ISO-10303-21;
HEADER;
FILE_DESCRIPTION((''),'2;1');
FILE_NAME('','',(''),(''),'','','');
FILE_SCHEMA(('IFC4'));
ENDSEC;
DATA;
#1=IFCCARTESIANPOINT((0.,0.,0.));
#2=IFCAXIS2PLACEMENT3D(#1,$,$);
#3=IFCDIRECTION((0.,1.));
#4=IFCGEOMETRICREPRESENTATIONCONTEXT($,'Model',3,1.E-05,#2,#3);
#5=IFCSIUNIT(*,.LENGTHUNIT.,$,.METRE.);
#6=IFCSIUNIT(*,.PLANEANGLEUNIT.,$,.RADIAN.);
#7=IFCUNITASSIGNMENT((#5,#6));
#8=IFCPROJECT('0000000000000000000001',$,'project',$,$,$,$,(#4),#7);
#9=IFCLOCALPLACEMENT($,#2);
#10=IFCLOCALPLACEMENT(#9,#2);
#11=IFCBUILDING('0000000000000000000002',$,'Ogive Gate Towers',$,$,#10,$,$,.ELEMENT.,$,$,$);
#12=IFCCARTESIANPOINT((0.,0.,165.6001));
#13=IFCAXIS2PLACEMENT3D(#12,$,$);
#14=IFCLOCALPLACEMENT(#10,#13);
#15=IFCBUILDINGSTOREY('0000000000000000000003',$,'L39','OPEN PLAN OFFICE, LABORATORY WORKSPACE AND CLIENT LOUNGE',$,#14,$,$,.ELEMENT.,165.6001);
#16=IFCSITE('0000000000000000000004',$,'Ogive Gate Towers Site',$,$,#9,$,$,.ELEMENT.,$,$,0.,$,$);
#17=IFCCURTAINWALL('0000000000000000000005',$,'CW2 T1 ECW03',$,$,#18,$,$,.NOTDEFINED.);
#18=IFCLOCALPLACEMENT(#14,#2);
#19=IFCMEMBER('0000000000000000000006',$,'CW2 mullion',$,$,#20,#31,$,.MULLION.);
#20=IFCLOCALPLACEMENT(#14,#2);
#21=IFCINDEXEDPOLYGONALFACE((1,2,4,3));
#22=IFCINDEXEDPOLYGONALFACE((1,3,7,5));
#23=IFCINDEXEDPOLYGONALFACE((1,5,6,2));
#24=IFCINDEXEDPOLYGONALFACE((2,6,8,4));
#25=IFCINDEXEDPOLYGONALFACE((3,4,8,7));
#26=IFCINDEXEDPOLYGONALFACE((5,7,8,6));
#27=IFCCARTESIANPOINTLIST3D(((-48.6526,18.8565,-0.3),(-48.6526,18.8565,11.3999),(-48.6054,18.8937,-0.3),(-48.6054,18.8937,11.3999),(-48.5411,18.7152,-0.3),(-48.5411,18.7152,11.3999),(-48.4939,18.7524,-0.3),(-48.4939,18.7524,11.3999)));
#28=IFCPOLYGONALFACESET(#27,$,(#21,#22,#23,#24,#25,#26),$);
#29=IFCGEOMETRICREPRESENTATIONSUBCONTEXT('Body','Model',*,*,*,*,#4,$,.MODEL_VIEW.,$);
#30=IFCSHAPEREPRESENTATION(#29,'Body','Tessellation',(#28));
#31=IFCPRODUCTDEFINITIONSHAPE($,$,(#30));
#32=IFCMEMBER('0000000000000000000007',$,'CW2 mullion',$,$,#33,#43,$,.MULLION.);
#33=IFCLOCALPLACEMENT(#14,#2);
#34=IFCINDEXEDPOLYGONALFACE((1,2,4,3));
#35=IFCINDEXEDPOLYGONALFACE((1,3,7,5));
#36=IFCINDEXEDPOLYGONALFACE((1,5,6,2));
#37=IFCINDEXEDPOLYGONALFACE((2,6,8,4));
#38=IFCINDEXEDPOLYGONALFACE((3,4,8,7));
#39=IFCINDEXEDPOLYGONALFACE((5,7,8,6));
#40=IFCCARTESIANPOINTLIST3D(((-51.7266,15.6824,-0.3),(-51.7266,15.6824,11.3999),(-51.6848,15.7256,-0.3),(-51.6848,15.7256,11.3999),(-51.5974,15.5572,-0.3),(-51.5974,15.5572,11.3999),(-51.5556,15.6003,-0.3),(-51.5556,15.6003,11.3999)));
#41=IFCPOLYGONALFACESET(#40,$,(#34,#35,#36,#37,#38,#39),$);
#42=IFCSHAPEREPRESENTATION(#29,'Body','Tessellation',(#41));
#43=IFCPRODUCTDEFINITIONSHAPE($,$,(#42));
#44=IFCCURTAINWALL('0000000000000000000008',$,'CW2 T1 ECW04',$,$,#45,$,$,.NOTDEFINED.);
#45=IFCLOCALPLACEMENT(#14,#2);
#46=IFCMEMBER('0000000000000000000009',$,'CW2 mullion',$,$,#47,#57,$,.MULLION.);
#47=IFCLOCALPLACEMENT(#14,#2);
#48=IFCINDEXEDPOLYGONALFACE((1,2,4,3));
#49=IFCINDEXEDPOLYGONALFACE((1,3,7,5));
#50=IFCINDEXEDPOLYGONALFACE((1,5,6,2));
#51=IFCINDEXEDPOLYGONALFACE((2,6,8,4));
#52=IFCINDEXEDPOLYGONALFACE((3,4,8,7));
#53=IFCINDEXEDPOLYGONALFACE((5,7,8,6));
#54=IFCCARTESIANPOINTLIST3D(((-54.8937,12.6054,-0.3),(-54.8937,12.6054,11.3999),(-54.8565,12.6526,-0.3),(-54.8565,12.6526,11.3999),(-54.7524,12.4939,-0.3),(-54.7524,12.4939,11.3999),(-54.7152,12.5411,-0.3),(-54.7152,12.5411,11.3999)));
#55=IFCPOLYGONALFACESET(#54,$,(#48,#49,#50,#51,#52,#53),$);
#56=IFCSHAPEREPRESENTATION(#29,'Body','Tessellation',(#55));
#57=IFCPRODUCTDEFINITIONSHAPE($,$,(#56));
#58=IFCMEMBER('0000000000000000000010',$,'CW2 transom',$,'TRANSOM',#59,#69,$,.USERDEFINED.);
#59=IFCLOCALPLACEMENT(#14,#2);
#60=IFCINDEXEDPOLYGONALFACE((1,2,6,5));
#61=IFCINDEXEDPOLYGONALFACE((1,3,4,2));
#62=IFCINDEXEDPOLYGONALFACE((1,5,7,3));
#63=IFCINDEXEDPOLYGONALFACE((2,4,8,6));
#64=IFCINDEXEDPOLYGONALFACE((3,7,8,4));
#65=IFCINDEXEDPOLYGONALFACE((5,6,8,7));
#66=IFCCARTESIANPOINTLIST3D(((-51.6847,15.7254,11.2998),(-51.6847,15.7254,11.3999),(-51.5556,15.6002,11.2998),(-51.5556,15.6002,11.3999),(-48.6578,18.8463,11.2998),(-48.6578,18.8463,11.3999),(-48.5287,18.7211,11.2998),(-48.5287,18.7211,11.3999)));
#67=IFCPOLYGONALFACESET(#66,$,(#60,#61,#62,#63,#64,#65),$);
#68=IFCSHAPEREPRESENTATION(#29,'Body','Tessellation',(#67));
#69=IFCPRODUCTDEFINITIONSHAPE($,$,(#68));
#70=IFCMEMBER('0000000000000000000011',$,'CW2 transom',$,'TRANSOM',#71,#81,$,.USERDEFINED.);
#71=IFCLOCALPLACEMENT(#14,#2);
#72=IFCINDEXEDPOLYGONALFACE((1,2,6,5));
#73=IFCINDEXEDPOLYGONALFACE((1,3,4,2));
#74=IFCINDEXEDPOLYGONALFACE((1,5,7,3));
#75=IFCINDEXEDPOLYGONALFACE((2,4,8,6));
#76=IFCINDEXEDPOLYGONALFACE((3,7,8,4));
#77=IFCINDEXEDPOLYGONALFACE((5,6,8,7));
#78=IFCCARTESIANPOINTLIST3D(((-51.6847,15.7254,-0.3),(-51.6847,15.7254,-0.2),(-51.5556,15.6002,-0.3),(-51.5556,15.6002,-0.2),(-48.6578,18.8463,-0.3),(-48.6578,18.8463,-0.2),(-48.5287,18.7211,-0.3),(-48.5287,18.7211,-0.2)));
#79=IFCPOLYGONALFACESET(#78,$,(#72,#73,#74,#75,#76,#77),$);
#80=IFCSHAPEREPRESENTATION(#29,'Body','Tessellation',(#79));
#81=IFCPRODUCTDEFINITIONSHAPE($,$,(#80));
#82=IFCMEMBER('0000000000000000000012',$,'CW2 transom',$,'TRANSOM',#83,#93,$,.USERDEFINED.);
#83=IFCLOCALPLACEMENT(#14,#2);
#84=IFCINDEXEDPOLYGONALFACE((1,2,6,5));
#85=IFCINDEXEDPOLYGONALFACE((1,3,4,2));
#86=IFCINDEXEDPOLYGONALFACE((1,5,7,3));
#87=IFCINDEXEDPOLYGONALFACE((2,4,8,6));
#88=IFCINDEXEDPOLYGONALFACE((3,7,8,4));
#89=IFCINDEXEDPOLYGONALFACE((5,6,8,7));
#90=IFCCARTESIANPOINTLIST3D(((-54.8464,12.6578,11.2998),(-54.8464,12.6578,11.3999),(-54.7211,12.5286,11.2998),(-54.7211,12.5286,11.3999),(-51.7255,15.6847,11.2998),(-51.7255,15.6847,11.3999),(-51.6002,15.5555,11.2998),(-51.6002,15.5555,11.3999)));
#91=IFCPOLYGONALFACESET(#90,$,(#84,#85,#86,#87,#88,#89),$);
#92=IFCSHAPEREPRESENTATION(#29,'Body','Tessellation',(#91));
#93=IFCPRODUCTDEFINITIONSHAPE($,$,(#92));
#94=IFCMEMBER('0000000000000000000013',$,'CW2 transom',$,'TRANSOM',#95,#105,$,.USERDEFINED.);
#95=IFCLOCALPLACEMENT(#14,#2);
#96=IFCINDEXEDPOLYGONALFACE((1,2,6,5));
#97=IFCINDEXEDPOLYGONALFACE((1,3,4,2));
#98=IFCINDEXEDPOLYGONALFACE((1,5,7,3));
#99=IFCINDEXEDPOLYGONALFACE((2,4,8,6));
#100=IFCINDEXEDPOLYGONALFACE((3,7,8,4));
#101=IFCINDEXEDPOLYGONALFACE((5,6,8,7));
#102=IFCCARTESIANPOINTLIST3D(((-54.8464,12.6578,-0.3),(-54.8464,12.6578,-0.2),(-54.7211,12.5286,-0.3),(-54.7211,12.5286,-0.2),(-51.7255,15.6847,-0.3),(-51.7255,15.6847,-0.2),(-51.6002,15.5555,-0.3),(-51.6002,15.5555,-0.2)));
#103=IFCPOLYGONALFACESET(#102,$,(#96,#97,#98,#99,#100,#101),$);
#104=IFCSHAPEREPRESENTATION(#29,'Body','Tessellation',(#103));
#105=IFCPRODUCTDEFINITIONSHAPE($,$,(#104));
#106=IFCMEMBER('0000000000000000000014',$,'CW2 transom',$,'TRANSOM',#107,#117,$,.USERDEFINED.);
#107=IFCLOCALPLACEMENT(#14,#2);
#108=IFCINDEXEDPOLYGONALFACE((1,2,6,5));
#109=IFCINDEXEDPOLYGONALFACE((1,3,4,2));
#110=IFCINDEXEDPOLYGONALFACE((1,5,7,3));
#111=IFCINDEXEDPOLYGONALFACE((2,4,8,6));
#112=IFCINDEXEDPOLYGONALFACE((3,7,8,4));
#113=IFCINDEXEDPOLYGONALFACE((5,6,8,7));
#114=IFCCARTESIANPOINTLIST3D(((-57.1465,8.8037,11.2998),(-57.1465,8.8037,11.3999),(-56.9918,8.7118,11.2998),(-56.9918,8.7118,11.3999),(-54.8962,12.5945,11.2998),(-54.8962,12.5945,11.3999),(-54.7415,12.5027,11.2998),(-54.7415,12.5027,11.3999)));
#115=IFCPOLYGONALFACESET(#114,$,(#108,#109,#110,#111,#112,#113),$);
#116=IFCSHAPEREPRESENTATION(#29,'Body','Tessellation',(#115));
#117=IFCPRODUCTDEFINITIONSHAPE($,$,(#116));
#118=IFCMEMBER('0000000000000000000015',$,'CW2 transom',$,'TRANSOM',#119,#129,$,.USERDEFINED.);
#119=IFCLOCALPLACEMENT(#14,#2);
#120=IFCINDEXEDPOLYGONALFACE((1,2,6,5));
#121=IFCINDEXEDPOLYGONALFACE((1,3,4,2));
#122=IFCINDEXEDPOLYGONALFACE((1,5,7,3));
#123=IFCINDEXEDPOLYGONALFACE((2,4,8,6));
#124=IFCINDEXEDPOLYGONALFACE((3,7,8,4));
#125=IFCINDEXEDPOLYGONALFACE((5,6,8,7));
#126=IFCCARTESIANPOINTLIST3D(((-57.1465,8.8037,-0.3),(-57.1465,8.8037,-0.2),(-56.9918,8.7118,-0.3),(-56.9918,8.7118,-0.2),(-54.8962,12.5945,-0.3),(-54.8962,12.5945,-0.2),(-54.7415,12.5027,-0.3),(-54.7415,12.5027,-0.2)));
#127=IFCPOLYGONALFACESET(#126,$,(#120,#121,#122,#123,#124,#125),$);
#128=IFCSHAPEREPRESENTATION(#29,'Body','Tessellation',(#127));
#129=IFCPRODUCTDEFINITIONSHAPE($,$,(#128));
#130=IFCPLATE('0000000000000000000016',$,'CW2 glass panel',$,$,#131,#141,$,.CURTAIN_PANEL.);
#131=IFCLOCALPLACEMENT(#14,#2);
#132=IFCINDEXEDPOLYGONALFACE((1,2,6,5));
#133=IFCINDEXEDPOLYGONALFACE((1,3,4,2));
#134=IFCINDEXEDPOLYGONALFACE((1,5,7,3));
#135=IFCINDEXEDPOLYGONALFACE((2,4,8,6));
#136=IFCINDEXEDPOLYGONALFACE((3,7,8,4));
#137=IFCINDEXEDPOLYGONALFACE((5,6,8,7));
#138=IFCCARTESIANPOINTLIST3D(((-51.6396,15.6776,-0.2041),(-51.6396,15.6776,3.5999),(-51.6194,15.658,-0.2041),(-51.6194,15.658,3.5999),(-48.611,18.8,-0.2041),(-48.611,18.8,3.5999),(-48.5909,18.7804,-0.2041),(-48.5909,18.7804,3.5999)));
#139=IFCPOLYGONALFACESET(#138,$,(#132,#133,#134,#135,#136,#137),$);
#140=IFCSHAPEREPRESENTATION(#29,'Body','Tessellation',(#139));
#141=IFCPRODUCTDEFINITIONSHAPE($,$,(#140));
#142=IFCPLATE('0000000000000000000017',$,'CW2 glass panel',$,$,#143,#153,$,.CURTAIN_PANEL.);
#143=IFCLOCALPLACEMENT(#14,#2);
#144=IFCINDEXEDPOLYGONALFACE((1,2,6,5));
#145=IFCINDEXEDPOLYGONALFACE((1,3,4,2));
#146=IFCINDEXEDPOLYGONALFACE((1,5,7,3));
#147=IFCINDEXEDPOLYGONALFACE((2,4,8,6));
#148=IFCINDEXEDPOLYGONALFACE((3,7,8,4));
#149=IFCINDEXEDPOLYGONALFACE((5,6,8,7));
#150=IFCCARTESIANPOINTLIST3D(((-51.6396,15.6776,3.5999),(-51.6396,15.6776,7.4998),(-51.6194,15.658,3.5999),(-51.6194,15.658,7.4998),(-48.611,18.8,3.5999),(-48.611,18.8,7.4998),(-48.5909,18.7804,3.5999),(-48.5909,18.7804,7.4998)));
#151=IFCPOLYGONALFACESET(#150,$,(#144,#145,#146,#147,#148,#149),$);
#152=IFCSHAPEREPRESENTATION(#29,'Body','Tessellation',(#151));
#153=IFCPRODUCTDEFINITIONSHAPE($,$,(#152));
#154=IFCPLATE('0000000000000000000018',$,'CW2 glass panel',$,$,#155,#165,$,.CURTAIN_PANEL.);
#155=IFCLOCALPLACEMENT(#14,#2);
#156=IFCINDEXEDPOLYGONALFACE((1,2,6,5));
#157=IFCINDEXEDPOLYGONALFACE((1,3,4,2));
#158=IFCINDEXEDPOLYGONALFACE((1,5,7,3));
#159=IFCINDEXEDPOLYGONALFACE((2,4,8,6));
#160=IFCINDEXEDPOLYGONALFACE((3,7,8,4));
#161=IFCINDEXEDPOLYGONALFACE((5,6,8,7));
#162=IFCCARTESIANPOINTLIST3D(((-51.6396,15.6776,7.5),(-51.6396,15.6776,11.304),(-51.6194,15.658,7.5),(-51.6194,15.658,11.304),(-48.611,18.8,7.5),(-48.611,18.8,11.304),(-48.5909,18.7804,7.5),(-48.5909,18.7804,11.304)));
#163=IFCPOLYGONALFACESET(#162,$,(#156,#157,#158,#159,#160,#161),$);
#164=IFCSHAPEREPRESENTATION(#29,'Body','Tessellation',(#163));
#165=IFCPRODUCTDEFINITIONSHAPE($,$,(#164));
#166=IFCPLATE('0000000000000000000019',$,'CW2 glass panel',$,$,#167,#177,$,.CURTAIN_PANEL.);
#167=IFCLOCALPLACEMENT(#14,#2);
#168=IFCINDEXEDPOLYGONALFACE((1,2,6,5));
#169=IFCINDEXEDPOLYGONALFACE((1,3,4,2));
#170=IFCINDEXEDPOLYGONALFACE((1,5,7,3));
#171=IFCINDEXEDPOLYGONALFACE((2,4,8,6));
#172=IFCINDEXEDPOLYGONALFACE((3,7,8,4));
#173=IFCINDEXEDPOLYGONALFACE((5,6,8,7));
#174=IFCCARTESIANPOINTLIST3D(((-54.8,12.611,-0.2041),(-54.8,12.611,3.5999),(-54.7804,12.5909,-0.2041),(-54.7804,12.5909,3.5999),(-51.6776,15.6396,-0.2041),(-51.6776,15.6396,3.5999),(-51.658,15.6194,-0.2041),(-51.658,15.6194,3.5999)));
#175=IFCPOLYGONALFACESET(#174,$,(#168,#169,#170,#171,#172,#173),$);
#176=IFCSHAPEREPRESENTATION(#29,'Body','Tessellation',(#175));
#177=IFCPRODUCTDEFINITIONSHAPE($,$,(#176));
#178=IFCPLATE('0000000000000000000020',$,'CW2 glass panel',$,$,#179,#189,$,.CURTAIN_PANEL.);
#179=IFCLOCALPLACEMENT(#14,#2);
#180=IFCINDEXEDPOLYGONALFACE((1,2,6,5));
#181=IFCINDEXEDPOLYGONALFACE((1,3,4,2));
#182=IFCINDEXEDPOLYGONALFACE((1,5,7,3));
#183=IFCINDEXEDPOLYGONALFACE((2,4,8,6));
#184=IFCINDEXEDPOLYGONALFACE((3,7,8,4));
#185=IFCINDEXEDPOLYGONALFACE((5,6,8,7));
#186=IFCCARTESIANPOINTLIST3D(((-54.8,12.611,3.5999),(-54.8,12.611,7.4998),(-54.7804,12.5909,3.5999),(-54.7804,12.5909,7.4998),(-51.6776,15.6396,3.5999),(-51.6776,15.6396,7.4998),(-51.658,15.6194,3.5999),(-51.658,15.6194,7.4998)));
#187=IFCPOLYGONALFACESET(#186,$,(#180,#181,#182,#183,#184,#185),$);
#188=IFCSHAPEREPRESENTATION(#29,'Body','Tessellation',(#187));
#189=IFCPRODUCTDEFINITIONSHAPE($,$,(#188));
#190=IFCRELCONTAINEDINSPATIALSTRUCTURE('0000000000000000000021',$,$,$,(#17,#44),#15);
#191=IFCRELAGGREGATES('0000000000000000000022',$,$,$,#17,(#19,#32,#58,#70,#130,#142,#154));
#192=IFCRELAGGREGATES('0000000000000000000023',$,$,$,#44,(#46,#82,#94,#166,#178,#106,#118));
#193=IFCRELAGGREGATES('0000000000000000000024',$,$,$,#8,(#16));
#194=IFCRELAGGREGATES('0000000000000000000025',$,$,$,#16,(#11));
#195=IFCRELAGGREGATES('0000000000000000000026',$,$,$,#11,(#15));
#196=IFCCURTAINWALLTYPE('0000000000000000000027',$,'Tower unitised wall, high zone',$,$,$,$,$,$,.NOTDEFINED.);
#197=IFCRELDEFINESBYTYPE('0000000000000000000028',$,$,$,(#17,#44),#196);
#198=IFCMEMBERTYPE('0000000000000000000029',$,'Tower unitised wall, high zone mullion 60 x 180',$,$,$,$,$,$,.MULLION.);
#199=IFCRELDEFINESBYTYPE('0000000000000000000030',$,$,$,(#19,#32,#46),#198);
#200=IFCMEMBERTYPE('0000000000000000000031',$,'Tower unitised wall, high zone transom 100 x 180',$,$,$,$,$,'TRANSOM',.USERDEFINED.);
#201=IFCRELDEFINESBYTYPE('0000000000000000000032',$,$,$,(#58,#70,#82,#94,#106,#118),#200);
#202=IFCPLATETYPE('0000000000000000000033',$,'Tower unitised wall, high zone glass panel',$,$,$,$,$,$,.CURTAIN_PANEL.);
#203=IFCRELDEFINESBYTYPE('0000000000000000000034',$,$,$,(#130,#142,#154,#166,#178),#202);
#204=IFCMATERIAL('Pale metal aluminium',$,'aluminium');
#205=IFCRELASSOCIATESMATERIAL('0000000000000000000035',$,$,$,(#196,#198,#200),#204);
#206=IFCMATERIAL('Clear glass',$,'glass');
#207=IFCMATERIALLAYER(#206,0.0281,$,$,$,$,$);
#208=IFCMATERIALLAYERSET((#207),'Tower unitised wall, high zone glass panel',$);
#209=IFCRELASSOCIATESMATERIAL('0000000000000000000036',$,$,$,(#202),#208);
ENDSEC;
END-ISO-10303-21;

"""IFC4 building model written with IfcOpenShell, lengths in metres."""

from ifc_helpers import new_model, si_unit, direction, frame, origin, origin_2d, place, context, subcontext, project, spatial, rectangle, extrude, material, layer, layer_set, material_profile, profile_set, type_object, element, aggregate, save


model = new_model("IFC4")

# Units and contexts
model_context = context("Model", 3, precision=1e-05, world=origin(), true_north=direction((0.0, 1.0)))
body_context = subcontext(model_context, "Body", "Model", "MODEL_VIEW")
ifc_project = project(units=[si_unit("LENGTHUNIT", "METRE"), si_unit("PLANEANGLEUNIT", "RADIAN")], contexts=[model_context])

# Site, building, storey
site_placement = place(None, origin())
site = spatial("IfcSite", under=ifc_project, at=site_placement, Name="Ogive Gate Towers Site", CompositionType="ELEMENT", RefElevation=0.0)
building_placement = place(site_placement, origin())
building = spatial("IfcBuilding", under=site, at=building_placement, Name="Ogive Gate Towers", CompositionType="ELEMENT")
storey_placement = place(building_placement, frame((0.0, 0.0, 165.6001)))
storey = spatial("IfcBuildingStorey", under=building, at=storey_placement, Name="L39", Description="OPEN PLAN OFFICE, LABORATORY WORKSPACE AND CLIENT LOUNGE", CompositionType="ELEMENT", Elevation=165.6001)

# Curtain wall, members
ifc_material_1 = material(Name="Pale metal aluminium", Category="aluminium")
curtain_wall_type = type_object("IfcCurtainWallType", Name="Tower unitised wall, high zone", PredefinedType="NOTDEFINED", material=ifc_material_1)
curtain_wall_1_placement = place(storey_placement, origin())
curtain_wall_1 = element("IfcCurtainWall", 1, at=curtain_wall_1_placement, inside=storey, type_object=curtain_wall_type, Name="CW2 T1 ECW03", PredefinedType="NOTDEFINED")
ifc_material_profile_1 = material_profile(ifc_material_1, rectangle(XDim=0.1799, YDim=0.0601, at=origin_2d()), Name="60 x 180 aluminium box")
ifc_profile_set_1 = profile_set([ifc_material_profile_1], Name="Pale metal aluminium")
member_type_1 = type_object("IfcMemberType", Name="Tower unitised wall, high zone mullion 60 x 180", PredefinedType="MULLION", material=ifc_profile_set_1)
member_1_placement = place(storey_placement, frame((-48.5732, 18.8044, -0.3), z_axis=(0.0, 0.0, 1.0), x_axis=(-0.61956, 0.784949, 0.0)))
member_1 = element("IfcMember", 2, at=member_1_placement, type_object=member_type_1, Name="CW2 mullion", PredefinedType="MULLION", context=body_context, shape_type="SweptSolid", body=[
    extrude(rectangle(XDim=0.1799, YDim=0.0601, at=origin_2d()), origin(), (0.0, 0.0, 1.0), 11.7),
])
member_2_placement = place(storey_placement, frame((-51.6411, 15.6414, -0.3), z_axis=(0.0, 0.0, 1.0), x_axis=(-0.71781, 0.696239, 0.0)))
member_2 = element("IfcMember", 3, at=member_2_placement, type_object=member_type_1, Name="CW2 mullion", PredefinedType="MULLION", context=body_context, shape_type="SweptSolid", body=[
    extrude(rectangle(XDim=0.1799, YDim=0.0601, at=origin_2d()), origin(), (0.0, 0.0, 1.0), 11.7),
])

# Curtain wall, member
curtain_wall_2_placement = place(storey_placement, origin())
curtain_wall_2 = element("IfcCurtainWall", 4, at=curtain_wall_2_placement, inside=storey, type_object=curtain_wall_type, Name="CW2 T1 ECW04", PredefinedType="NOTDEFINED")
member_3_placement = place(storey_placement, frame((-54.8044, 12.5732, -0.3), z_axis=(0.0, 0.0, 1.0), x_axis=(-0.784949, 0.61956, 0.0)))
member_3 = element("IfcMember", 5, at=member_3_placement, type_object=member_type_1, Name="CW2 mullion", PredefinedType="MULLION", context=body_context, shape_type="SweptSolid", body=[
    extrude(rectangle(XDim=0.1799, YDim=0.0601, at=origin_2d()), origin(), (0.0, 0.0, 1.0), 11.7),
])

# Members
ifc_material_profile_2 = material_profile(ifc_material_1, rectangle(XDim=0.1799, YDim=0.1001, at=origin_2d()), Name="100 x 180 aluminium box")
ifc_profile_set_2 = profile_set([ifc_material_profile_2], Name="Pale metal aluminium")
member_type_2 = type_object("IfcMemberType", Name="Tower unitised wall, high zone transom 100 x 180", ElementType="TRANSOM", PredefinedType="USERDEFINED", material=ifc_profile_set_2)
member_4_placement = place(storey_placement, frame((-48.5933, 18.7837, 11.3499), z_axis=(-0.696214, -0.717834, 0.0), x_axis=(0.717834, -0.696214, 0.0)))
member_4 = element("IfcMember", 6, at=member_4_placement, type_object=member_type_2, Name="CW2 transom", ObjectType="TRANSOM", PredefinedType="USERDEFINED", context=body_context, shape_type="SweptSolid", body=[
    extrude(rectangle(XDim=0.1799, YDim=0.1001, at=origin_2d()), origin(), (0.0, 0.0, 1.0), 4.3477),
])
member_5_placement = place(storey_placement, frame((-48.5933, 18.7837, -0.25), z_axis=(-0.696214, -0.717834, 0.0), x_axis=(0.717834, -0.696214, 0.0)))
member_5 = element("IfcMember", 7, at=member_5_placement, type_object=member_type_2, Name="CW2 transom", ObjectType="TRANSOM", PredefinedType="USERDEFINED", context=body_context, shape_type="SweptSolid", body=[
    extrude(rectangle(XDim=0.1799, YDim=0.1001, at=origin_2d()), origin(), (0.0, 0.0, 1.0), 4.3477),
])
member_6_placement = place(storey_placement, frame((-51.6628, 15.6201, 11.3499), z_axis=(-0.717834, -0.696214, 0.0), x_axis=(0.696214, -0.717834, 0.0)))
member_6 = element("IfcMember", 8, at=member_6_placement, type_object=member_type_2, Name="CW2 transom", ObjectType="TRANSOM", PredefinedType="USERDEFINED", context=body_context, shape_type="SweptSolid", body=[
    extrude(rectangle(XDim=0.1799, YDim=0.1001, at=origin_2d()), origin(), (0.0, 0.0, 1.0), 4.3477),
])
member_7_placement = place(storey_placement, frame((-51.6628, 15.6201, -0.25), z_axis=(-0.717834, -0.696214, 0.0), x_axis=(0.696214, -0.717834, 0.0)))
member_7 = element("IfcMember", 9, at=member_7_placement, type_object=member_type_2, Name="CW2 transom", ObjectType="TRANSOM", PredefinedType="USERDEFINED", context=body_context, shape_type="SweptSolid", body=[
    extrude(rectangle(XDim=0.1799, YDim=0.1001, at=origin_2d()), origin(), (0.0, 0.0, 1.0), 4.3477),
])
member_8_placement = place(storey_placement, frame((-54.8188, 12.5486, 11.3499), z_axis=(-0.51045, -0.859907, 0.0), x_axis=(0.859907, -0.51045, 0.0)))
member_8 = element("IfcMember", 10, at=member_8_placement, type_object=member_type_2, Name="CW2 transom", ObjectType="TRANSOM", PredefinedType="USERDEFINED", context=body_context, shape_type="SweptSolid", body=[
    extrude(rectangle(XDim=0.1799, YDim=0.1001, at=origin_2d()), origin(), (0.0, 0.0, 1.0), 4.4084),
])
member_9_placement = place(storey_placement, frame((-54.8188, 12.5486, -0.25), z_axis=(-0.51045, -0.859907, 0.0), x_axis=(0.859907, -0.51045, 0.0)))
member_9 = element("IfcMember", 11, at=member_9_placement, type_object=member_type_2, Name="CW2 transom", ObjectType="TRANSOM", PredefinedType="USERDEFINED", context=body_context, shape_type="SweptSolid", body=[
    extrude(rectangle(XDim=0.1799, YDim=0.1001, at=origin_2d()), origin(), (0.0, 0.0, 1.0), 4.4084),
])

# Plates
ifc_material_2 = material(Name="Clear glass", Category="glass")
ifc_layer_1 = layer(ifc_material_2, 0.0281)
ifc_layer_set_1 = layer_set([ifc_layer_1], Name="Tower unitised wall, high zone glass panel")
plate_type = type_object("IfcPlateType", Name="Tower unitised wall, high zone glass panel", PredefinedType="CURTAIN_PANEL", material=ifc_layer_set_1)
plate_1_placement = place(storey_placement, frame((-50.1152, 17.229, -0.2041), z_axis=(0.0, 0.0, 1.0), x_axis=(-0.696239, -0.71781, 0.0)))
plate_1 = element("IfcPlate", 12, at=plate_1_placement, type_object=plate_type, Name="CW2 glass panel", PredefinedType="CURTAIN_PANEL", context=body_context, shape_type="SweptSolid", body=[
    extrude(rectangle(XDim=4.3499, YDim=0.0281, at=origin_2d()), origin(), (0.0, 0.0, 1.0), 3.804),
])
plate_2_placement = place(storey_placement, frame((-50.1152, 17.229, 3.5999), z_axis=(0.0, 0.0, 1.0), x_axis=(-0.696239, -0.71781, 0.0)))
plate_2 = element("IfcPlate", 13, at=plate_2_placement, type_object=plate_type, Name="CW2 glass panel", PredefinedType="CURTAIN_PANEL", context=body_context, shape_type="SweptSolid", body=[
    extrude(rectangle(XDim=4.3499, YDim=0.0281, at=origin_2d()), origin(), (0.0, 0.0, 1.0), 3.8999),
])
plate_3_placement = place(storey_placement, frame((-50.1152, 17.229, 7.5), z_axis=(0.0, 0.0, 1.0), x_axis=(-0.696239, -0.71781, 0.0)))
plate_3 = element("IfcPlate", 14, at=plate_3_placement, type_object=plate_type, Name="CW2 glass panel", PredefinedType="CURTAIN_PANEL", context=body_context, shape_type="SweptSolid", body=[
    extrude(rectangle(XDim=4.3499, YDim=0.0281, at=origin_2d()), origin(), (0.0, 0.0, 1.0), 3.804),
])
aggregate(curtain_wall_1, [member_1, member_2, member_4, member_5, plate_1, plate_2, plate_3])
plate_4_placement = place(storey_placement, frame((-53.229, 14.1152, -0.2041), z_axis=(0.0, 0.0, 1.0), x_axis=(-0.71781, -0.696239, 0.0)))
plate_4 = element("IfcPlate", 15, at=plate_4_placement, type_object=plate_type, Name="CW2 glass panel", PredefinedType="CURTAIN_PANEL", context=body_context, shape_type="SweptSolid", body=[
    extrude(rectangle(XDim=4.3499, YDim=0.0281, at=origin_2d()), origin(), (0.0, 0.0, 1.0), 3.804),
])
plate_5_placement = place(storey_placement, frame((-53.229, 14.1152, 3.5999), z_axis=(0.0, 0.0, 1.0), x_axis=(-0.71781, -0.696239, 0.0)))
plate_5 = element("IfcPlate", 16, at=plate_5_placement, type_object=plate_type, Name="CW2 glass panel", PredefinedType="CURTAIN_PANEL", context=body_context, shape_type="SweptSolid", body=[
    extrude(rectangle(XDim=4.3499, YDim=0.0281, at=origin_2d()), origin(), (0.0, 0.0, 1.0), 3.8999),
])
aggregate(curtain_wall_2, [member_3, member_6, member_7, plate_4, plate_5, member_8, member_9])

save(model, "model.ifc")
